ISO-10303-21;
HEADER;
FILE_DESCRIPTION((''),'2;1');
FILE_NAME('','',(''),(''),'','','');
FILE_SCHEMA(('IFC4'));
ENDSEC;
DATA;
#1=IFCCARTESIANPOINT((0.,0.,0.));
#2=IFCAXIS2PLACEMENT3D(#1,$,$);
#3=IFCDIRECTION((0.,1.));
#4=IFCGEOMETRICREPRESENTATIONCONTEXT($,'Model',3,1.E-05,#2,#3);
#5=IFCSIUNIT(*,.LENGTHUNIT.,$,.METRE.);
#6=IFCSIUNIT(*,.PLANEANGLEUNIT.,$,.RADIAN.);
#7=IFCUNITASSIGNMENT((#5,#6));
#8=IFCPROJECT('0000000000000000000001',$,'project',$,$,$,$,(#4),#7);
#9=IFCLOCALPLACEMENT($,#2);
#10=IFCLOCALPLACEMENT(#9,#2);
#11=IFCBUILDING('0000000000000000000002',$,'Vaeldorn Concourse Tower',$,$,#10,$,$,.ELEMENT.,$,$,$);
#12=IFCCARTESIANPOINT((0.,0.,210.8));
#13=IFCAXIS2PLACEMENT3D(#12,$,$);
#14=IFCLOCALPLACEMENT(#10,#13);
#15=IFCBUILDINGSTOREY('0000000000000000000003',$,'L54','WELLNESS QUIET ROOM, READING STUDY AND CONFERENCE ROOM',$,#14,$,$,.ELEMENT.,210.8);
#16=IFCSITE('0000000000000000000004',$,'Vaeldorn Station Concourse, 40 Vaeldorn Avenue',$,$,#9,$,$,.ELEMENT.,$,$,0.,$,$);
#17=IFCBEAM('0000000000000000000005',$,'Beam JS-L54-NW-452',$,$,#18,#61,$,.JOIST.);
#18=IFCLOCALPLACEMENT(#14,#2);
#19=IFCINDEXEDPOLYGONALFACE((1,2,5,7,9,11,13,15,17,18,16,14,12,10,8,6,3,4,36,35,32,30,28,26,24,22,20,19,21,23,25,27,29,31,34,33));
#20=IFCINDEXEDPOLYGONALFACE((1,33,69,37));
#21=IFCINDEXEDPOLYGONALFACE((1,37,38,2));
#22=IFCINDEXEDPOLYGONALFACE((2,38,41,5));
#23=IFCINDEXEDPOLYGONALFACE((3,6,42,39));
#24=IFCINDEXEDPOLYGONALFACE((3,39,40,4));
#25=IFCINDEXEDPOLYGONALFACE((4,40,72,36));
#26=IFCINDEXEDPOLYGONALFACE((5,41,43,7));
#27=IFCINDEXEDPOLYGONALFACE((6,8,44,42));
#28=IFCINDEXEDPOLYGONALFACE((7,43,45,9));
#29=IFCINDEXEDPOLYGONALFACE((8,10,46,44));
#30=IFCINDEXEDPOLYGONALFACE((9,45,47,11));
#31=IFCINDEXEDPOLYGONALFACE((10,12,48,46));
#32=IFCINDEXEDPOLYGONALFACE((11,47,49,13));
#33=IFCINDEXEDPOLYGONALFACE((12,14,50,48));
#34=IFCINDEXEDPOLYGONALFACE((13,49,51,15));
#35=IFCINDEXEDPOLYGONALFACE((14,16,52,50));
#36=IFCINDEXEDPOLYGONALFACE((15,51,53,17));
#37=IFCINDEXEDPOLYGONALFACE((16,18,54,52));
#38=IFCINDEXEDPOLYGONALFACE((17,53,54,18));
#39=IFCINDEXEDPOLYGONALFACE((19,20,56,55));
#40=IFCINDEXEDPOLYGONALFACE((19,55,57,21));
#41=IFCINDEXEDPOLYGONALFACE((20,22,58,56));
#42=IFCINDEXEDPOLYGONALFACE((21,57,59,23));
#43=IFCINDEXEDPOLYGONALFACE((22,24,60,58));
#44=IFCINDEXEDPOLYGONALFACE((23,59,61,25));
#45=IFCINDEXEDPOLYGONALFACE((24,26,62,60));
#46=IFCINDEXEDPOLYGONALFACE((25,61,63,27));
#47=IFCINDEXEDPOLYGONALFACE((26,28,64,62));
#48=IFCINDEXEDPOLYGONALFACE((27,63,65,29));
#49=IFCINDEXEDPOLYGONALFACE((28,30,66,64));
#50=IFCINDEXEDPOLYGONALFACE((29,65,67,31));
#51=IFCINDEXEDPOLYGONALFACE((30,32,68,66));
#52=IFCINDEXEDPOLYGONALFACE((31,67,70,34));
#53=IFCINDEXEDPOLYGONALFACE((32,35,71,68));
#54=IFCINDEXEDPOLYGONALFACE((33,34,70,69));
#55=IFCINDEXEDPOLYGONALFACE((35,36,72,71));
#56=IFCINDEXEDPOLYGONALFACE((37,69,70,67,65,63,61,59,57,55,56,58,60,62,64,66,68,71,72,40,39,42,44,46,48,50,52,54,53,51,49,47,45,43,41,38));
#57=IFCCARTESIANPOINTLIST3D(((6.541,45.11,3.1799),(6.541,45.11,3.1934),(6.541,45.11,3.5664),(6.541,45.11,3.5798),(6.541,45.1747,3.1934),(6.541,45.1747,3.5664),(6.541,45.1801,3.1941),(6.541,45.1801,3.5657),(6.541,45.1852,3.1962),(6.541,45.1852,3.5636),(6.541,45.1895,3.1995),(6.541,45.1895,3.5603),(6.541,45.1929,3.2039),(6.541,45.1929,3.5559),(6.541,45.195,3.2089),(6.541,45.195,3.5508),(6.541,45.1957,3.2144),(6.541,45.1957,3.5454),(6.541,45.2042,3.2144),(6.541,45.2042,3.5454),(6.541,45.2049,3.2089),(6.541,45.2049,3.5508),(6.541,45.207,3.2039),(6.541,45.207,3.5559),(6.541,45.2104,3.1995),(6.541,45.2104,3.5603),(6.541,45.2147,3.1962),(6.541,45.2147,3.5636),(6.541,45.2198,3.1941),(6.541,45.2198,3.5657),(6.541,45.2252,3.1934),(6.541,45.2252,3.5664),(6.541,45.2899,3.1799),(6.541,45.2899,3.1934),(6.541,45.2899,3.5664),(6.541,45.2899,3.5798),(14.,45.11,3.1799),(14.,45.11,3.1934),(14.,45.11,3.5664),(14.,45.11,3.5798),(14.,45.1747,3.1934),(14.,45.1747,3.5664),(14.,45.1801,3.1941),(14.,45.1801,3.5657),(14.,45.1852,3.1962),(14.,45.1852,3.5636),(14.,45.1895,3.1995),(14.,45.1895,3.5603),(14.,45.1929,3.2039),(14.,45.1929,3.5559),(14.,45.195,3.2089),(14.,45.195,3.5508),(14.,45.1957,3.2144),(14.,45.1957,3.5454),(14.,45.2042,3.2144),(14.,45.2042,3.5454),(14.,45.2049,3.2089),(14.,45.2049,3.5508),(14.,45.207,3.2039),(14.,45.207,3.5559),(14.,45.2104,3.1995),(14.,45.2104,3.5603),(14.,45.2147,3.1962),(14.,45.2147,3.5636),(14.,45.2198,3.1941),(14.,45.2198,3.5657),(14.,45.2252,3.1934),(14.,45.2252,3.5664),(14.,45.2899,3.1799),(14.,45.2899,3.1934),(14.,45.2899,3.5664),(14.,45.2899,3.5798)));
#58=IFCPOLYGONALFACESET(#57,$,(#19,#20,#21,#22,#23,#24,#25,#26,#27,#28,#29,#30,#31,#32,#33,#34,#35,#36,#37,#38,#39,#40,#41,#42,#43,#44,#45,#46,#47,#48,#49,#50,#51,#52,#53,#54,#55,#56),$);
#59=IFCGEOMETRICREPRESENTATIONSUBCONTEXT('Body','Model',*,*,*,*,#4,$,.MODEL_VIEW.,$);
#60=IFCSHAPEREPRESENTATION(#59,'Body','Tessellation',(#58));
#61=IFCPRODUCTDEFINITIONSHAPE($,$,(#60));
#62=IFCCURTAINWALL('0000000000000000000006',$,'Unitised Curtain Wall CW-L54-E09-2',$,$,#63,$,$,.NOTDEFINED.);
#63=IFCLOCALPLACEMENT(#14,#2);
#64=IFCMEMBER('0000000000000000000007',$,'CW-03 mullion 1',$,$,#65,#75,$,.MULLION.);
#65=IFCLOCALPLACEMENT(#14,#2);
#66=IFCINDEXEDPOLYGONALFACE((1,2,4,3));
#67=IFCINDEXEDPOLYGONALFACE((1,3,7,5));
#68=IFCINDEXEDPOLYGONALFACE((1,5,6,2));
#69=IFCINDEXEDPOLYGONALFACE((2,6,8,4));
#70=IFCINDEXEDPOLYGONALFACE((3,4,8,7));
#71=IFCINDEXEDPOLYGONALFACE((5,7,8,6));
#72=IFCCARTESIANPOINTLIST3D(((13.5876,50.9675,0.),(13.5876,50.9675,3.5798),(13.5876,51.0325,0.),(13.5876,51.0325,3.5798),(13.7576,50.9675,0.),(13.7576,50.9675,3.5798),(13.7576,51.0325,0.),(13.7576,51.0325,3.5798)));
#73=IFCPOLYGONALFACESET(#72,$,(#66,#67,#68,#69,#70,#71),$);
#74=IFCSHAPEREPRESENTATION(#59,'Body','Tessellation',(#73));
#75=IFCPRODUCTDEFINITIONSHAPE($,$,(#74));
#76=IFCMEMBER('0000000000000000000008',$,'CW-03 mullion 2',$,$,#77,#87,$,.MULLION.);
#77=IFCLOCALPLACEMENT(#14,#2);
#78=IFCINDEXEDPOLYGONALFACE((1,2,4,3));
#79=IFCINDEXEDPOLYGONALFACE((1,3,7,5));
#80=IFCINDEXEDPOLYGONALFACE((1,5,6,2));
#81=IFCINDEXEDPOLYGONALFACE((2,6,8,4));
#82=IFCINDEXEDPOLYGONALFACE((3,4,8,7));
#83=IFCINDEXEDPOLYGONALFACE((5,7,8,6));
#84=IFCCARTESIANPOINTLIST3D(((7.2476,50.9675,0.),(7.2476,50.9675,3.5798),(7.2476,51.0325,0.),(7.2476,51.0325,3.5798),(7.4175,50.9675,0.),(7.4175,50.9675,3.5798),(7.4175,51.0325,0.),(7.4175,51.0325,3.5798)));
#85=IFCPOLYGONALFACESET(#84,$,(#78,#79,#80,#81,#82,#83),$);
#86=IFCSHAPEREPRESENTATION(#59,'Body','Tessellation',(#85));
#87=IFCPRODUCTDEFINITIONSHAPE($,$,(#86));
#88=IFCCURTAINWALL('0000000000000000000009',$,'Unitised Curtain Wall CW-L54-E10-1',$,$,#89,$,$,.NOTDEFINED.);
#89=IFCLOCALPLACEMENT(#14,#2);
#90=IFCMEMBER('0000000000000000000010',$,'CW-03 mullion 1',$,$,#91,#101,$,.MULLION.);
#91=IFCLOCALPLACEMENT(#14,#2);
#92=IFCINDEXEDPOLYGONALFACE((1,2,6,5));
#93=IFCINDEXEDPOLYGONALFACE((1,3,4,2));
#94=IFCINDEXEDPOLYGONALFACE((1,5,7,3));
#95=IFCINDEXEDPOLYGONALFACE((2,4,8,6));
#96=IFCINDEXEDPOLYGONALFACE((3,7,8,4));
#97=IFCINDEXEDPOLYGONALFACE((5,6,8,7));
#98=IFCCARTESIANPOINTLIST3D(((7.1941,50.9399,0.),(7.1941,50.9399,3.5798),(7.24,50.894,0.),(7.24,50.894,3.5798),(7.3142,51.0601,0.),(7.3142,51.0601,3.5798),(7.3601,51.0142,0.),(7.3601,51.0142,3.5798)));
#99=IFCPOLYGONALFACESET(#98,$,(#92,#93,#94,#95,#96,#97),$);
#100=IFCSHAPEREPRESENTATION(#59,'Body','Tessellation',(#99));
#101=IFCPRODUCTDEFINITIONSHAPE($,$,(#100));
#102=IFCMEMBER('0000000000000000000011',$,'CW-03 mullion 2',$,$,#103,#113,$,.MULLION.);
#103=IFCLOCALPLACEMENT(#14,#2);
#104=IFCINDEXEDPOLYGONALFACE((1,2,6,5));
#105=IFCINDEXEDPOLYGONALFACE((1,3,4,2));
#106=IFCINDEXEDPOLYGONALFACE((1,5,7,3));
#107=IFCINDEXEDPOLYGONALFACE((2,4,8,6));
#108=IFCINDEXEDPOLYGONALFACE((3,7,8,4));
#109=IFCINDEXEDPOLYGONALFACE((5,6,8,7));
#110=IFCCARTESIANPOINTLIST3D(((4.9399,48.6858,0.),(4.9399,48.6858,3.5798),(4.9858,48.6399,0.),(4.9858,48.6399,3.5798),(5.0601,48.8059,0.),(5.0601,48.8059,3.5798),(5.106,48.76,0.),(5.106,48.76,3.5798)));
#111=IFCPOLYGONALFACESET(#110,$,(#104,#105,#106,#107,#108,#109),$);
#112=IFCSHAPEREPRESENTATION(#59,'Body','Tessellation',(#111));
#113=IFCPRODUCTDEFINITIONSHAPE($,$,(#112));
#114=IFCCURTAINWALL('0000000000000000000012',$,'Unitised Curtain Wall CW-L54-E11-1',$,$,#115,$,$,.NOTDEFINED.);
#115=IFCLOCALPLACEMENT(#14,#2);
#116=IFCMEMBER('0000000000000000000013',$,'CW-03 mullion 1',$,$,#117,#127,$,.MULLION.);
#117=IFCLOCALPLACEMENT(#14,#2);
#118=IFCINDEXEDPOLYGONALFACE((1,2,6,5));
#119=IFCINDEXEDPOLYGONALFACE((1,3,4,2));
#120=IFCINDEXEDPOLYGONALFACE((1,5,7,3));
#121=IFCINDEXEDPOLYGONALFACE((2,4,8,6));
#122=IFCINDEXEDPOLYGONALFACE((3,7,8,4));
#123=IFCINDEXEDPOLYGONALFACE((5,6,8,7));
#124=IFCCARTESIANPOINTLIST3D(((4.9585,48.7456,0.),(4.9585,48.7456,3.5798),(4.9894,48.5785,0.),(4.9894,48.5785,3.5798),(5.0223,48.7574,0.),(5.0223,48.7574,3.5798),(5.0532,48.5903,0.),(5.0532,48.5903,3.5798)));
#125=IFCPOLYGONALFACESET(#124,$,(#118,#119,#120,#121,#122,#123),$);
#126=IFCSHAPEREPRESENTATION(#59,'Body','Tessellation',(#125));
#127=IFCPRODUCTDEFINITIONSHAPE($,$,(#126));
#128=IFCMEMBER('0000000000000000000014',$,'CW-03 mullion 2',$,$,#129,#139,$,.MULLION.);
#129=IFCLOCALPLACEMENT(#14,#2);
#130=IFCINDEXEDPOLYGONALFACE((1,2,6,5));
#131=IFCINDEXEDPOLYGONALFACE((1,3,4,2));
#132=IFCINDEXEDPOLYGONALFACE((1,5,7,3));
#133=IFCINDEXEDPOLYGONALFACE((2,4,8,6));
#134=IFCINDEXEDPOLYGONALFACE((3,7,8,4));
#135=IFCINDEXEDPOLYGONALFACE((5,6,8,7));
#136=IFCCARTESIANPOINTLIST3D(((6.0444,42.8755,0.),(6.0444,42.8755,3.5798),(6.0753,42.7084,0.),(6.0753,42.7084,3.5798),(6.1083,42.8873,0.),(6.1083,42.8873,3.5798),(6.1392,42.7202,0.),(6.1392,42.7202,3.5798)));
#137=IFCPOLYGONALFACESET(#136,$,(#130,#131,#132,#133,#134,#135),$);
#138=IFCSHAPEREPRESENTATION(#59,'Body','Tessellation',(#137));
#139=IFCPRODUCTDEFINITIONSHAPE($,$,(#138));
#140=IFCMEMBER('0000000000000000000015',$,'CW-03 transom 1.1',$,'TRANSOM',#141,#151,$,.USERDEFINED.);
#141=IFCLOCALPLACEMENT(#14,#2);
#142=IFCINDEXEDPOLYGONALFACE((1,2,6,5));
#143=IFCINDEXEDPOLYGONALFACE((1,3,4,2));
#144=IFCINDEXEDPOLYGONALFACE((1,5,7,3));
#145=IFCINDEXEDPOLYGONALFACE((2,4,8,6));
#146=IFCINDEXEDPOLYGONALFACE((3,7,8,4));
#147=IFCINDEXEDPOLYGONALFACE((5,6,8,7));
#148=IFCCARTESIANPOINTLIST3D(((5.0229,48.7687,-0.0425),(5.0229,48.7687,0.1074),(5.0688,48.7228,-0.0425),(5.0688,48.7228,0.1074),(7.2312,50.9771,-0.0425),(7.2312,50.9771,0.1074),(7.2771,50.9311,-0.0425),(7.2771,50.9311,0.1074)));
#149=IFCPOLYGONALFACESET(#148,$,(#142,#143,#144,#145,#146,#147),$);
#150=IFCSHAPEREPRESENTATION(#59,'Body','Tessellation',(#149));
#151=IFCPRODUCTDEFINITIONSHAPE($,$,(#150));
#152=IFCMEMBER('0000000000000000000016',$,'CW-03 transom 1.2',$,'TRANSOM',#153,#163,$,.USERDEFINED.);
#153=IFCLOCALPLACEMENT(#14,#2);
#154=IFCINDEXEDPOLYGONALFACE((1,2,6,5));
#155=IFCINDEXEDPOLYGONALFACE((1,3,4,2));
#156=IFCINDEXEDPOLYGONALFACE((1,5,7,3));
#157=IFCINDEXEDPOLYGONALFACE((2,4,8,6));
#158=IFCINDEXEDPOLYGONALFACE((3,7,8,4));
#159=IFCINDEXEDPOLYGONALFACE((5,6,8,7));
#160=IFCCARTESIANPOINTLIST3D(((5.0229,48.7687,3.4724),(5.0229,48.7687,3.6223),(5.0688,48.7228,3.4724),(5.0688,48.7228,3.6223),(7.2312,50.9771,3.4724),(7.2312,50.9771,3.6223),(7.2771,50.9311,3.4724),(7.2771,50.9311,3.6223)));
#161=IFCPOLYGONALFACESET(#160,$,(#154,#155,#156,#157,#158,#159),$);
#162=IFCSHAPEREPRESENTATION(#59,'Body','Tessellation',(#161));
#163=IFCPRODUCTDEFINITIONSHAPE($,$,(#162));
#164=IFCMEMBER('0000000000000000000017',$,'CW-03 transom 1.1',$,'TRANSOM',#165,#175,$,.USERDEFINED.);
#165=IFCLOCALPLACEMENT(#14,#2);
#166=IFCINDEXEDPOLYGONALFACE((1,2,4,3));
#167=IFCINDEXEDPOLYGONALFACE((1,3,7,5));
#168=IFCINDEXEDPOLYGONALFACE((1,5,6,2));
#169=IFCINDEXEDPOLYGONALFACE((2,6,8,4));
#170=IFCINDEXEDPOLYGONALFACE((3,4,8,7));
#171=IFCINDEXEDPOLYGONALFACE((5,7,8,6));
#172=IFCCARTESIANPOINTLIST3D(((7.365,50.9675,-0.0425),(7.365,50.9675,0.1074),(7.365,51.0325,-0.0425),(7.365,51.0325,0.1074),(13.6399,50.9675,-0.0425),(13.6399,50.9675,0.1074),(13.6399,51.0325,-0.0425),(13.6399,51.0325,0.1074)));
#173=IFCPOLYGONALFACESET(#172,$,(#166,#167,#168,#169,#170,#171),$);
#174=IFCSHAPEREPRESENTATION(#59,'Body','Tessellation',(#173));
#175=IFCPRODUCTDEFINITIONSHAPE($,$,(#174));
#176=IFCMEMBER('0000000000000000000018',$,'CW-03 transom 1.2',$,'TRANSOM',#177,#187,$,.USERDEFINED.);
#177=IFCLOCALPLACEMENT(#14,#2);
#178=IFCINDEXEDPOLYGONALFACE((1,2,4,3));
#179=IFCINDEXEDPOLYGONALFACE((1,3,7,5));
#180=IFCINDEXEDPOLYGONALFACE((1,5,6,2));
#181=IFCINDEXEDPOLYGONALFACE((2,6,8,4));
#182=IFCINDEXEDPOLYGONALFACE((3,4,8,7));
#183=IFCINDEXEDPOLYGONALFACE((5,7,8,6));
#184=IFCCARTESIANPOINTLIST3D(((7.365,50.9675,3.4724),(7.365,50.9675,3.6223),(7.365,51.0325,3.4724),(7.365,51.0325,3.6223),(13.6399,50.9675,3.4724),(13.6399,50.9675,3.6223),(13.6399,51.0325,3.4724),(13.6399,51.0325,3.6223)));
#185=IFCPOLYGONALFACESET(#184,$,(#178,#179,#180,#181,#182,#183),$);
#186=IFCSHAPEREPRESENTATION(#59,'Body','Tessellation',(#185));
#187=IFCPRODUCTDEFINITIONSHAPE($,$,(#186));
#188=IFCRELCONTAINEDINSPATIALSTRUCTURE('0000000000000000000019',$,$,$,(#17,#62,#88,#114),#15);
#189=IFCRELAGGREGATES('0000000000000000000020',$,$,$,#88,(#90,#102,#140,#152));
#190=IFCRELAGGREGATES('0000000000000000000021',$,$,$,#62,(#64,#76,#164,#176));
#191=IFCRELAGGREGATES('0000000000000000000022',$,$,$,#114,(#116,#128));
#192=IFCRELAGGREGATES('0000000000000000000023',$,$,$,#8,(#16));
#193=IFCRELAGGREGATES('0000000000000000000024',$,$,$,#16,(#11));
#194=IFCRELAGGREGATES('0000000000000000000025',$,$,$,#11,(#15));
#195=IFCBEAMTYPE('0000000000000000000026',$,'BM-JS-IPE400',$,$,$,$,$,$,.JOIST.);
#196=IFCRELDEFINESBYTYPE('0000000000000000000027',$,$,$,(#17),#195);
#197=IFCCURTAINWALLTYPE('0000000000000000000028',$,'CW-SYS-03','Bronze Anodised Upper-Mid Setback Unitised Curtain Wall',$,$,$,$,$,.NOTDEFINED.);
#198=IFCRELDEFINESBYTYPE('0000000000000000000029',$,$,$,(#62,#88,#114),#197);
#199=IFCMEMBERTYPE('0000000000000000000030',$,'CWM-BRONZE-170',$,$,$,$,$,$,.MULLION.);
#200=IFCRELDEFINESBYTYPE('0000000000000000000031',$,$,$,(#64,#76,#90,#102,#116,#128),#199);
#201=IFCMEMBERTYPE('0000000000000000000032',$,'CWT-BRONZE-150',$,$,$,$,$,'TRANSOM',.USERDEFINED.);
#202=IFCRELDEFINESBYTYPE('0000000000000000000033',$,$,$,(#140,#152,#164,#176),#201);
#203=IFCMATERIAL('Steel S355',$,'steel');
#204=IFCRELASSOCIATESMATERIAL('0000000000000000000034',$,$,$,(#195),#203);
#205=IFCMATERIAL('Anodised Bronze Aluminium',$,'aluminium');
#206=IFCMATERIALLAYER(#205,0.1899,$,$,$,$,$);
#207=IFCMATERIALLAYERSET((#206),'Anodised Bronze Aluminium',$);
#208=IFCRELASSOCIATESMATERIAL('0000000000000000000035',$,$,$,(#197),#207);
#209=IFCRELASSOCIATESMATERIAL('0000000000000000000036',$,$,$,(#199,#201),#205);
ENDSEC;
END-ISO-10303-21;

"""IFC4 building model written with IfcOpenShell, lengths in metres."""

from ifc_helpers import new_model, si_unit, direction, frame, origin, origin_2d, place, context, subcontext, project, spatial, rectangle, i_section, extrude, source, transform, mapped, material, layer, layer_set, material_profile, profile_set, type_object, element, aggregate, save


model = new_model("IFC4")

# Units and contexts
model_context = context("Model", 3, precision=1e-05, world=origin(), true_north=direction((0.0, 1.0)))
body_context = subcontext(model_context, "Body", "Model", "MODEL_VIEW")
ifc_project = project(units=[si_unit("LENGTHUNIT", "METRE"), si_unit("PLANEANGLEUNIT", "RADIAN")], contexts=[model_context])

# Site, building, storey
site_placement = place(None, origin())
site = spatial("IfcSite", under=ifc_project, at=site_placement, Name="Vaeldorn Station Concourse, 40 Vaeldorn Avenue", CompositionType="ELEMENT", RefElevation=0.0)
building_placement = place(site_placement, origin())
building = spatial("IfcBuilding", under=site, at=building_placement, Name="Vaeldorn Concourse Tower", CompositionType="ELEMENT")
storey_placement = place(building_placement, frame((0.0, 0.0, 210.8)))
storey = spatial("IfcBuildingStorey", under=building, at=storey_placement, Name="L54", Description="WELLNESS QUIET ROOM, READING STUDY AND CONFERENCE ROOM", CompositionType="ELEMENT", Elevation=210.8)

# Beam
ifc_material_1 = material(Name="Steel S355", Category="steel")
ifc_material_profile_1 = material_profile(ifc_material_1, i_section(OverallWidth=0.1799, OverallDepth=0.3999, WebThickness=0.0085, FlangeThickness=0.0134, FilletRadius=0.021, at=origin_2d()), Name="IPE 400")
ifc_profile_set_1 = profile_set([ifc_material_profile_1], Name="Steel S355")
beam_type_1 = type_object("IfcBeamType", Name="BM-JS-IPE400", PredefinedType="JOIST", material=ifc_profile_set_1)
shared_shape_1 = source(origin(), body_context, "Body", "SweptSolid", [
    extrude(i_section(OverallWidth=0.1799, OverallDepth=0.3999, WebThickness=0.0085, FlangeThickness=0.0134, FilletRadius=0.021, at=origin_2d()), origin(), (0.0, 0.0, 1.0), 7.459),
])
beam_1_placement = place(storey_placement, frame((6.541, 45.2, 3.3799), z_axis=(1.0, 0.0, 0.0), x_axis=(0.0, 1.0, 0.0)))
element("IfcBeam", 1, at=beam_1_placement, inside=storey, type_object=beam_type_1, Name="Beam JS-L54-NW-452", PredefinedType="JOIST", context=body_context, shape_type="MappedRepresentation", body=[
    mapped(shared_shape_1, transform((0.0, 0.0, 0.0), scale=1.0)),
])

# Curtain walls, members
ifc_material_2 = material(Name="Anodised Bronze Aluminium", Category="aluminium")
ifc_layer_1 = layer(ifc_material_2, 0.1899)
ifc_layer_set_1 = layer_set([ifc_layer_1], Name="Anodised Bronze Aluminium")
curtain_wall_type = type_object("IfcCurtainWallType", Name="CW-SYS-03", Description="Bronze Anodised Upper-Mid Setback Unitised Curtain Wall", PredefinedType="NOTDEFINED", material=ifc_layer_set_1)
curtain_wall_1_placement = place(storey_placement, origin())
curtain_wall_1 = element("IfcCurtainWall", 2, at=curtain_wall_1_placement, inside=storey, type_object=curtain_wall_type, Name="Unitised Curtain Wall CW-L54-E09-2", PredefinedType="NOTDEFINED")
ifc_material_profile_2 = material_profile(ifc_material_2, rectangle(XDim=0.0649, YDim=0.1699, at=origin_2d()), Name="CWM 65x170")
ifc_profile_set_2 = profile_set([ifc_material_profile_2], Name="Anodised Bronze Aluminium")
member_type_1 = type_object("IfcMemberType", Name="CWM-BRONZE-170", PredefinedType="MULLION", material=ifc_profile_set_2)
shared_shape_2 = source(origin(), body_context, "Body", "SweptSolid", [
    extrude(rectangle(XDim=0.0649, YDim=0.1699, at=origin_2d()), origin(), (0.0, 0.0, 1.0), 3.5798),
])
member_1_placement = place(storey_placement, frame((13.6726, 51.0, 0.0), z_axis=(0.0, 0.0, 1.0), x_axis=(0.0, -1.0, 0.0)))
member_1 = element("IfcMember", 3, at=member_1_placement, type_object=member_type_1, Name="CW-03 mullion 1", PredefinedType="MULLION", context=body_context, shape_type="MappedRepresentation", body=[
    mapped(shared_shape_2, transform((0.0, 0.0, 0.0), scale=1.0)),
])
member_2_placement = place(storey_placement, frame((7.3325, 51.0, 0.0), z_axis=(0.0, 0.0, 1.0), x_axis=(0.0, -1.0, 0.0)))
member_2 = element("IfcMember", 4, at=member_2_placement, type_object=member_type_1, Name="CW-03 mullion 2", PredefinedType="MULLION", context=body_context, shape_type="MappedRepresentation", body=[
    mapped(shared_shape_2, transform((0.0, 0.0, 0.0), scale=1.0)),
])
curtain_wall_2_placement = place(storey_placement, origin())
curtain_wall_2 = element("IfcCurtainWall", 5, at=curtain_wall_2_placement, inside=storey, type_object=curtain_wall_type, Name="Unitised Curtain Wall CW-L54-E10-1", PredefinedType="NOTDEFINED")
member_3_placement = place(storey_placement, frame((7.2771, 50.9771, 0.0), z_axis=(0.0, 0.0, 1.0), x_axis=(0.707107, -0.707107, 0.0)))
member_3 = element("IfcMember", 6, at=member_3_placement, type_object=member_type_1, Name="CW-03 mullion 1", PredefinedType="MULLION", context=body_context, shape_type="MappedRepresentation", body=[
    mapped(shared_shape_2, transform((0.0, 0.0, 0.0), scale=1.0)),
])
member_4_placement = place(storey_placement, frame((5.0229, 48.7229, 0.0), z_axis=(0.0, 0.0, 1.0), x_axis=(0.707107, -0.707107, 0.0)))
member_4 = element("IfcMember", 7, at=member_4_placement, type_object=member_type_1, Name="CW-03 mullion 2", PredefinedType="MULLION", context=body_context, shape_type="MappedRepresentation", body=[
    mapped(shared_shape_2, transform((0.0, 0.0, 0.0), scale=1.0)),
])
curtain_wall_3_placement = place(storey_placement, origin())
curtain_wall_3 = element("IfcCurtainWall", 8, at=curtain_wall_3_placement, inside=storey, type_object=curtain_wall_type, Name="Unitised Curtain Wall CW-L54-E11-1", PredefinedType="NOTDEFINED")
member_5_placement = place(storey_placement, frame((5.0059, 48.668, 0.0), z_axis=(0.0, 0.0, 1.0), x_axis=(0.983319, 0.181888, 0.0)))
member_5 = element("IfcMember", 9, at=member_5_placement, type_object=member_type_1, Name="CW-03 mullion 1", PredefinedType="MULLION", context=body_context, shape_type="MappedRepresentation", body=[
    mapped(shared_shape_2, transform((0.0, 0.0, 0.0), scale=1.0)),
])
member_6_placement = place(storey_placement, frame((6.0918, 42.7979, 0.0), z_axis=(0.0, 0.0, 1.0), x_axis=(0.983319, 0.181888, 0.0)))
member_6 = element("IfcMember", 10, at=member_6_placement, type_object=member_type_1, Name="CW-03 mullion 2", PredefinedType="MULLION", context=body_context, shape_type="MappedRepresentation", body=[
    mapped(shared_shape_2, transform((0.0, 0.0, 0.0), scale=1.0)),
])

# Members
ifc_material_profile_3 = material_profile(ifc_material_2, rectangle(XDim=0.0649, YDim=0.1499, at=origin_2d()), Name="CWT 65x150")
ifc_profile_set_3 = profile_set([ifc_material_profile_3], Name="Anodised Bronze Aluminium")
member_type_2 = type_object("IfcMemberType", Name="CWT-BRONZE-150", ElementType="TRANSOM", PredefinedType="USERDEFINED", material=ifc_profile_set_3)
shared_shape_3 = source(origin(), body_context, "Body", "SweptSolid", [
    extrude(rectangle(XDim=0.0649, YDim=0.1499, at=origin_2d()), origin(), (0.0, 0.0, 1.0), 3.123),
])
member_7_placement = place(storey_placement, frame((7.2542, 50.9541, 0.0325), z_axis=(-0.707107, -0.707107, 0.0), x_axis=(0.707107, -0.707107, 0.0)))
member_7 = element("IfcMember", 11, at=member_7_placement, type_object=member_type_2, Name="CW-03 transom 1.1", ObjectType="TRANSOM", PredefinedType="USERDEFINED", context=body_context, shape_type="MappedRepresentation", body=[
    mapped(shared_shape_3, transform((0.0, 0.0, 0.0), scale=1.0)),
])
member_8_placement = place(storey_placement, frame((7.2542, 50.9541, 3.5474), z_axis=(-0.707107, -0.707107, 0.0), x_axis=(0.707107, -0.707107, 0.0)))
member_8 = element("IfcMember", 12, at=member_8_placement, type_object=member_type_2, Name="CW-03 transom 1.2", ObjectType="TRANSOM", PredefinedType="USERDEFINED", context=body_context, shape_type="MappedRepresentation", body=[
    mapped(shared_shape_3, transform((0.0, 0.0, 0.0), scale=1.0)),
])
shared_shape_4 = source(origin(), body_context, "Body", "SweptSolid", [
    extrude(rectangle(XDim=0.0649, YDim=0.1499, at=origin_2d()), origin(), (0.0, 0.0, 1.0), 6.2749),
])
member_9_placement = place(storey_placement, frame((13.6399, 51.0, 0.0325), z_axis=(-1.0, 0.0, 0.0), x_axis=(0.0, -1.0, 0.0)))
member_9 = element("IfcMember", 13, at=member_9_placement, type_object=member_type_2, Name="CW-03 transom 1.1", ObjectType="TRANSOM", PredefinedType="USERDEFINED", context=body_context, shape_type="MappedRepresentation", body=[
    mapped(shared_shape_4, transform((0.0, 0.0, 0.0), scale=1.0)),
])
member_10_placement = place(storey_placement, frame((13.6399, 51.0, 3.5474), z_axis=(-1.0, 0.0, 0.0), x_axis=(0.0, -1.0, 0.0)))
member_10 = element("IfcMember", 14, at=member_10_placement, type_object=member_type_2, Name="CW-03 transom 1.2", ObjectType="TRANSOM", PredefinedType="USERDEFINED", context=body_context, shape_type="MappedRepresentation", body=[
    mapped(shared_shape_4, transform((0.0, 0.0, 0.0), scale=1.0)),
])

aggregate(curtain_wall_2, [member_3, member_4, member_7, member_8])
aggregate(curtain_wall_1, [member_1, member_2, member_9, member_10])
aggregate(curtain_wall_3, [member_5, member_6])

save(model, "model.ifc")
